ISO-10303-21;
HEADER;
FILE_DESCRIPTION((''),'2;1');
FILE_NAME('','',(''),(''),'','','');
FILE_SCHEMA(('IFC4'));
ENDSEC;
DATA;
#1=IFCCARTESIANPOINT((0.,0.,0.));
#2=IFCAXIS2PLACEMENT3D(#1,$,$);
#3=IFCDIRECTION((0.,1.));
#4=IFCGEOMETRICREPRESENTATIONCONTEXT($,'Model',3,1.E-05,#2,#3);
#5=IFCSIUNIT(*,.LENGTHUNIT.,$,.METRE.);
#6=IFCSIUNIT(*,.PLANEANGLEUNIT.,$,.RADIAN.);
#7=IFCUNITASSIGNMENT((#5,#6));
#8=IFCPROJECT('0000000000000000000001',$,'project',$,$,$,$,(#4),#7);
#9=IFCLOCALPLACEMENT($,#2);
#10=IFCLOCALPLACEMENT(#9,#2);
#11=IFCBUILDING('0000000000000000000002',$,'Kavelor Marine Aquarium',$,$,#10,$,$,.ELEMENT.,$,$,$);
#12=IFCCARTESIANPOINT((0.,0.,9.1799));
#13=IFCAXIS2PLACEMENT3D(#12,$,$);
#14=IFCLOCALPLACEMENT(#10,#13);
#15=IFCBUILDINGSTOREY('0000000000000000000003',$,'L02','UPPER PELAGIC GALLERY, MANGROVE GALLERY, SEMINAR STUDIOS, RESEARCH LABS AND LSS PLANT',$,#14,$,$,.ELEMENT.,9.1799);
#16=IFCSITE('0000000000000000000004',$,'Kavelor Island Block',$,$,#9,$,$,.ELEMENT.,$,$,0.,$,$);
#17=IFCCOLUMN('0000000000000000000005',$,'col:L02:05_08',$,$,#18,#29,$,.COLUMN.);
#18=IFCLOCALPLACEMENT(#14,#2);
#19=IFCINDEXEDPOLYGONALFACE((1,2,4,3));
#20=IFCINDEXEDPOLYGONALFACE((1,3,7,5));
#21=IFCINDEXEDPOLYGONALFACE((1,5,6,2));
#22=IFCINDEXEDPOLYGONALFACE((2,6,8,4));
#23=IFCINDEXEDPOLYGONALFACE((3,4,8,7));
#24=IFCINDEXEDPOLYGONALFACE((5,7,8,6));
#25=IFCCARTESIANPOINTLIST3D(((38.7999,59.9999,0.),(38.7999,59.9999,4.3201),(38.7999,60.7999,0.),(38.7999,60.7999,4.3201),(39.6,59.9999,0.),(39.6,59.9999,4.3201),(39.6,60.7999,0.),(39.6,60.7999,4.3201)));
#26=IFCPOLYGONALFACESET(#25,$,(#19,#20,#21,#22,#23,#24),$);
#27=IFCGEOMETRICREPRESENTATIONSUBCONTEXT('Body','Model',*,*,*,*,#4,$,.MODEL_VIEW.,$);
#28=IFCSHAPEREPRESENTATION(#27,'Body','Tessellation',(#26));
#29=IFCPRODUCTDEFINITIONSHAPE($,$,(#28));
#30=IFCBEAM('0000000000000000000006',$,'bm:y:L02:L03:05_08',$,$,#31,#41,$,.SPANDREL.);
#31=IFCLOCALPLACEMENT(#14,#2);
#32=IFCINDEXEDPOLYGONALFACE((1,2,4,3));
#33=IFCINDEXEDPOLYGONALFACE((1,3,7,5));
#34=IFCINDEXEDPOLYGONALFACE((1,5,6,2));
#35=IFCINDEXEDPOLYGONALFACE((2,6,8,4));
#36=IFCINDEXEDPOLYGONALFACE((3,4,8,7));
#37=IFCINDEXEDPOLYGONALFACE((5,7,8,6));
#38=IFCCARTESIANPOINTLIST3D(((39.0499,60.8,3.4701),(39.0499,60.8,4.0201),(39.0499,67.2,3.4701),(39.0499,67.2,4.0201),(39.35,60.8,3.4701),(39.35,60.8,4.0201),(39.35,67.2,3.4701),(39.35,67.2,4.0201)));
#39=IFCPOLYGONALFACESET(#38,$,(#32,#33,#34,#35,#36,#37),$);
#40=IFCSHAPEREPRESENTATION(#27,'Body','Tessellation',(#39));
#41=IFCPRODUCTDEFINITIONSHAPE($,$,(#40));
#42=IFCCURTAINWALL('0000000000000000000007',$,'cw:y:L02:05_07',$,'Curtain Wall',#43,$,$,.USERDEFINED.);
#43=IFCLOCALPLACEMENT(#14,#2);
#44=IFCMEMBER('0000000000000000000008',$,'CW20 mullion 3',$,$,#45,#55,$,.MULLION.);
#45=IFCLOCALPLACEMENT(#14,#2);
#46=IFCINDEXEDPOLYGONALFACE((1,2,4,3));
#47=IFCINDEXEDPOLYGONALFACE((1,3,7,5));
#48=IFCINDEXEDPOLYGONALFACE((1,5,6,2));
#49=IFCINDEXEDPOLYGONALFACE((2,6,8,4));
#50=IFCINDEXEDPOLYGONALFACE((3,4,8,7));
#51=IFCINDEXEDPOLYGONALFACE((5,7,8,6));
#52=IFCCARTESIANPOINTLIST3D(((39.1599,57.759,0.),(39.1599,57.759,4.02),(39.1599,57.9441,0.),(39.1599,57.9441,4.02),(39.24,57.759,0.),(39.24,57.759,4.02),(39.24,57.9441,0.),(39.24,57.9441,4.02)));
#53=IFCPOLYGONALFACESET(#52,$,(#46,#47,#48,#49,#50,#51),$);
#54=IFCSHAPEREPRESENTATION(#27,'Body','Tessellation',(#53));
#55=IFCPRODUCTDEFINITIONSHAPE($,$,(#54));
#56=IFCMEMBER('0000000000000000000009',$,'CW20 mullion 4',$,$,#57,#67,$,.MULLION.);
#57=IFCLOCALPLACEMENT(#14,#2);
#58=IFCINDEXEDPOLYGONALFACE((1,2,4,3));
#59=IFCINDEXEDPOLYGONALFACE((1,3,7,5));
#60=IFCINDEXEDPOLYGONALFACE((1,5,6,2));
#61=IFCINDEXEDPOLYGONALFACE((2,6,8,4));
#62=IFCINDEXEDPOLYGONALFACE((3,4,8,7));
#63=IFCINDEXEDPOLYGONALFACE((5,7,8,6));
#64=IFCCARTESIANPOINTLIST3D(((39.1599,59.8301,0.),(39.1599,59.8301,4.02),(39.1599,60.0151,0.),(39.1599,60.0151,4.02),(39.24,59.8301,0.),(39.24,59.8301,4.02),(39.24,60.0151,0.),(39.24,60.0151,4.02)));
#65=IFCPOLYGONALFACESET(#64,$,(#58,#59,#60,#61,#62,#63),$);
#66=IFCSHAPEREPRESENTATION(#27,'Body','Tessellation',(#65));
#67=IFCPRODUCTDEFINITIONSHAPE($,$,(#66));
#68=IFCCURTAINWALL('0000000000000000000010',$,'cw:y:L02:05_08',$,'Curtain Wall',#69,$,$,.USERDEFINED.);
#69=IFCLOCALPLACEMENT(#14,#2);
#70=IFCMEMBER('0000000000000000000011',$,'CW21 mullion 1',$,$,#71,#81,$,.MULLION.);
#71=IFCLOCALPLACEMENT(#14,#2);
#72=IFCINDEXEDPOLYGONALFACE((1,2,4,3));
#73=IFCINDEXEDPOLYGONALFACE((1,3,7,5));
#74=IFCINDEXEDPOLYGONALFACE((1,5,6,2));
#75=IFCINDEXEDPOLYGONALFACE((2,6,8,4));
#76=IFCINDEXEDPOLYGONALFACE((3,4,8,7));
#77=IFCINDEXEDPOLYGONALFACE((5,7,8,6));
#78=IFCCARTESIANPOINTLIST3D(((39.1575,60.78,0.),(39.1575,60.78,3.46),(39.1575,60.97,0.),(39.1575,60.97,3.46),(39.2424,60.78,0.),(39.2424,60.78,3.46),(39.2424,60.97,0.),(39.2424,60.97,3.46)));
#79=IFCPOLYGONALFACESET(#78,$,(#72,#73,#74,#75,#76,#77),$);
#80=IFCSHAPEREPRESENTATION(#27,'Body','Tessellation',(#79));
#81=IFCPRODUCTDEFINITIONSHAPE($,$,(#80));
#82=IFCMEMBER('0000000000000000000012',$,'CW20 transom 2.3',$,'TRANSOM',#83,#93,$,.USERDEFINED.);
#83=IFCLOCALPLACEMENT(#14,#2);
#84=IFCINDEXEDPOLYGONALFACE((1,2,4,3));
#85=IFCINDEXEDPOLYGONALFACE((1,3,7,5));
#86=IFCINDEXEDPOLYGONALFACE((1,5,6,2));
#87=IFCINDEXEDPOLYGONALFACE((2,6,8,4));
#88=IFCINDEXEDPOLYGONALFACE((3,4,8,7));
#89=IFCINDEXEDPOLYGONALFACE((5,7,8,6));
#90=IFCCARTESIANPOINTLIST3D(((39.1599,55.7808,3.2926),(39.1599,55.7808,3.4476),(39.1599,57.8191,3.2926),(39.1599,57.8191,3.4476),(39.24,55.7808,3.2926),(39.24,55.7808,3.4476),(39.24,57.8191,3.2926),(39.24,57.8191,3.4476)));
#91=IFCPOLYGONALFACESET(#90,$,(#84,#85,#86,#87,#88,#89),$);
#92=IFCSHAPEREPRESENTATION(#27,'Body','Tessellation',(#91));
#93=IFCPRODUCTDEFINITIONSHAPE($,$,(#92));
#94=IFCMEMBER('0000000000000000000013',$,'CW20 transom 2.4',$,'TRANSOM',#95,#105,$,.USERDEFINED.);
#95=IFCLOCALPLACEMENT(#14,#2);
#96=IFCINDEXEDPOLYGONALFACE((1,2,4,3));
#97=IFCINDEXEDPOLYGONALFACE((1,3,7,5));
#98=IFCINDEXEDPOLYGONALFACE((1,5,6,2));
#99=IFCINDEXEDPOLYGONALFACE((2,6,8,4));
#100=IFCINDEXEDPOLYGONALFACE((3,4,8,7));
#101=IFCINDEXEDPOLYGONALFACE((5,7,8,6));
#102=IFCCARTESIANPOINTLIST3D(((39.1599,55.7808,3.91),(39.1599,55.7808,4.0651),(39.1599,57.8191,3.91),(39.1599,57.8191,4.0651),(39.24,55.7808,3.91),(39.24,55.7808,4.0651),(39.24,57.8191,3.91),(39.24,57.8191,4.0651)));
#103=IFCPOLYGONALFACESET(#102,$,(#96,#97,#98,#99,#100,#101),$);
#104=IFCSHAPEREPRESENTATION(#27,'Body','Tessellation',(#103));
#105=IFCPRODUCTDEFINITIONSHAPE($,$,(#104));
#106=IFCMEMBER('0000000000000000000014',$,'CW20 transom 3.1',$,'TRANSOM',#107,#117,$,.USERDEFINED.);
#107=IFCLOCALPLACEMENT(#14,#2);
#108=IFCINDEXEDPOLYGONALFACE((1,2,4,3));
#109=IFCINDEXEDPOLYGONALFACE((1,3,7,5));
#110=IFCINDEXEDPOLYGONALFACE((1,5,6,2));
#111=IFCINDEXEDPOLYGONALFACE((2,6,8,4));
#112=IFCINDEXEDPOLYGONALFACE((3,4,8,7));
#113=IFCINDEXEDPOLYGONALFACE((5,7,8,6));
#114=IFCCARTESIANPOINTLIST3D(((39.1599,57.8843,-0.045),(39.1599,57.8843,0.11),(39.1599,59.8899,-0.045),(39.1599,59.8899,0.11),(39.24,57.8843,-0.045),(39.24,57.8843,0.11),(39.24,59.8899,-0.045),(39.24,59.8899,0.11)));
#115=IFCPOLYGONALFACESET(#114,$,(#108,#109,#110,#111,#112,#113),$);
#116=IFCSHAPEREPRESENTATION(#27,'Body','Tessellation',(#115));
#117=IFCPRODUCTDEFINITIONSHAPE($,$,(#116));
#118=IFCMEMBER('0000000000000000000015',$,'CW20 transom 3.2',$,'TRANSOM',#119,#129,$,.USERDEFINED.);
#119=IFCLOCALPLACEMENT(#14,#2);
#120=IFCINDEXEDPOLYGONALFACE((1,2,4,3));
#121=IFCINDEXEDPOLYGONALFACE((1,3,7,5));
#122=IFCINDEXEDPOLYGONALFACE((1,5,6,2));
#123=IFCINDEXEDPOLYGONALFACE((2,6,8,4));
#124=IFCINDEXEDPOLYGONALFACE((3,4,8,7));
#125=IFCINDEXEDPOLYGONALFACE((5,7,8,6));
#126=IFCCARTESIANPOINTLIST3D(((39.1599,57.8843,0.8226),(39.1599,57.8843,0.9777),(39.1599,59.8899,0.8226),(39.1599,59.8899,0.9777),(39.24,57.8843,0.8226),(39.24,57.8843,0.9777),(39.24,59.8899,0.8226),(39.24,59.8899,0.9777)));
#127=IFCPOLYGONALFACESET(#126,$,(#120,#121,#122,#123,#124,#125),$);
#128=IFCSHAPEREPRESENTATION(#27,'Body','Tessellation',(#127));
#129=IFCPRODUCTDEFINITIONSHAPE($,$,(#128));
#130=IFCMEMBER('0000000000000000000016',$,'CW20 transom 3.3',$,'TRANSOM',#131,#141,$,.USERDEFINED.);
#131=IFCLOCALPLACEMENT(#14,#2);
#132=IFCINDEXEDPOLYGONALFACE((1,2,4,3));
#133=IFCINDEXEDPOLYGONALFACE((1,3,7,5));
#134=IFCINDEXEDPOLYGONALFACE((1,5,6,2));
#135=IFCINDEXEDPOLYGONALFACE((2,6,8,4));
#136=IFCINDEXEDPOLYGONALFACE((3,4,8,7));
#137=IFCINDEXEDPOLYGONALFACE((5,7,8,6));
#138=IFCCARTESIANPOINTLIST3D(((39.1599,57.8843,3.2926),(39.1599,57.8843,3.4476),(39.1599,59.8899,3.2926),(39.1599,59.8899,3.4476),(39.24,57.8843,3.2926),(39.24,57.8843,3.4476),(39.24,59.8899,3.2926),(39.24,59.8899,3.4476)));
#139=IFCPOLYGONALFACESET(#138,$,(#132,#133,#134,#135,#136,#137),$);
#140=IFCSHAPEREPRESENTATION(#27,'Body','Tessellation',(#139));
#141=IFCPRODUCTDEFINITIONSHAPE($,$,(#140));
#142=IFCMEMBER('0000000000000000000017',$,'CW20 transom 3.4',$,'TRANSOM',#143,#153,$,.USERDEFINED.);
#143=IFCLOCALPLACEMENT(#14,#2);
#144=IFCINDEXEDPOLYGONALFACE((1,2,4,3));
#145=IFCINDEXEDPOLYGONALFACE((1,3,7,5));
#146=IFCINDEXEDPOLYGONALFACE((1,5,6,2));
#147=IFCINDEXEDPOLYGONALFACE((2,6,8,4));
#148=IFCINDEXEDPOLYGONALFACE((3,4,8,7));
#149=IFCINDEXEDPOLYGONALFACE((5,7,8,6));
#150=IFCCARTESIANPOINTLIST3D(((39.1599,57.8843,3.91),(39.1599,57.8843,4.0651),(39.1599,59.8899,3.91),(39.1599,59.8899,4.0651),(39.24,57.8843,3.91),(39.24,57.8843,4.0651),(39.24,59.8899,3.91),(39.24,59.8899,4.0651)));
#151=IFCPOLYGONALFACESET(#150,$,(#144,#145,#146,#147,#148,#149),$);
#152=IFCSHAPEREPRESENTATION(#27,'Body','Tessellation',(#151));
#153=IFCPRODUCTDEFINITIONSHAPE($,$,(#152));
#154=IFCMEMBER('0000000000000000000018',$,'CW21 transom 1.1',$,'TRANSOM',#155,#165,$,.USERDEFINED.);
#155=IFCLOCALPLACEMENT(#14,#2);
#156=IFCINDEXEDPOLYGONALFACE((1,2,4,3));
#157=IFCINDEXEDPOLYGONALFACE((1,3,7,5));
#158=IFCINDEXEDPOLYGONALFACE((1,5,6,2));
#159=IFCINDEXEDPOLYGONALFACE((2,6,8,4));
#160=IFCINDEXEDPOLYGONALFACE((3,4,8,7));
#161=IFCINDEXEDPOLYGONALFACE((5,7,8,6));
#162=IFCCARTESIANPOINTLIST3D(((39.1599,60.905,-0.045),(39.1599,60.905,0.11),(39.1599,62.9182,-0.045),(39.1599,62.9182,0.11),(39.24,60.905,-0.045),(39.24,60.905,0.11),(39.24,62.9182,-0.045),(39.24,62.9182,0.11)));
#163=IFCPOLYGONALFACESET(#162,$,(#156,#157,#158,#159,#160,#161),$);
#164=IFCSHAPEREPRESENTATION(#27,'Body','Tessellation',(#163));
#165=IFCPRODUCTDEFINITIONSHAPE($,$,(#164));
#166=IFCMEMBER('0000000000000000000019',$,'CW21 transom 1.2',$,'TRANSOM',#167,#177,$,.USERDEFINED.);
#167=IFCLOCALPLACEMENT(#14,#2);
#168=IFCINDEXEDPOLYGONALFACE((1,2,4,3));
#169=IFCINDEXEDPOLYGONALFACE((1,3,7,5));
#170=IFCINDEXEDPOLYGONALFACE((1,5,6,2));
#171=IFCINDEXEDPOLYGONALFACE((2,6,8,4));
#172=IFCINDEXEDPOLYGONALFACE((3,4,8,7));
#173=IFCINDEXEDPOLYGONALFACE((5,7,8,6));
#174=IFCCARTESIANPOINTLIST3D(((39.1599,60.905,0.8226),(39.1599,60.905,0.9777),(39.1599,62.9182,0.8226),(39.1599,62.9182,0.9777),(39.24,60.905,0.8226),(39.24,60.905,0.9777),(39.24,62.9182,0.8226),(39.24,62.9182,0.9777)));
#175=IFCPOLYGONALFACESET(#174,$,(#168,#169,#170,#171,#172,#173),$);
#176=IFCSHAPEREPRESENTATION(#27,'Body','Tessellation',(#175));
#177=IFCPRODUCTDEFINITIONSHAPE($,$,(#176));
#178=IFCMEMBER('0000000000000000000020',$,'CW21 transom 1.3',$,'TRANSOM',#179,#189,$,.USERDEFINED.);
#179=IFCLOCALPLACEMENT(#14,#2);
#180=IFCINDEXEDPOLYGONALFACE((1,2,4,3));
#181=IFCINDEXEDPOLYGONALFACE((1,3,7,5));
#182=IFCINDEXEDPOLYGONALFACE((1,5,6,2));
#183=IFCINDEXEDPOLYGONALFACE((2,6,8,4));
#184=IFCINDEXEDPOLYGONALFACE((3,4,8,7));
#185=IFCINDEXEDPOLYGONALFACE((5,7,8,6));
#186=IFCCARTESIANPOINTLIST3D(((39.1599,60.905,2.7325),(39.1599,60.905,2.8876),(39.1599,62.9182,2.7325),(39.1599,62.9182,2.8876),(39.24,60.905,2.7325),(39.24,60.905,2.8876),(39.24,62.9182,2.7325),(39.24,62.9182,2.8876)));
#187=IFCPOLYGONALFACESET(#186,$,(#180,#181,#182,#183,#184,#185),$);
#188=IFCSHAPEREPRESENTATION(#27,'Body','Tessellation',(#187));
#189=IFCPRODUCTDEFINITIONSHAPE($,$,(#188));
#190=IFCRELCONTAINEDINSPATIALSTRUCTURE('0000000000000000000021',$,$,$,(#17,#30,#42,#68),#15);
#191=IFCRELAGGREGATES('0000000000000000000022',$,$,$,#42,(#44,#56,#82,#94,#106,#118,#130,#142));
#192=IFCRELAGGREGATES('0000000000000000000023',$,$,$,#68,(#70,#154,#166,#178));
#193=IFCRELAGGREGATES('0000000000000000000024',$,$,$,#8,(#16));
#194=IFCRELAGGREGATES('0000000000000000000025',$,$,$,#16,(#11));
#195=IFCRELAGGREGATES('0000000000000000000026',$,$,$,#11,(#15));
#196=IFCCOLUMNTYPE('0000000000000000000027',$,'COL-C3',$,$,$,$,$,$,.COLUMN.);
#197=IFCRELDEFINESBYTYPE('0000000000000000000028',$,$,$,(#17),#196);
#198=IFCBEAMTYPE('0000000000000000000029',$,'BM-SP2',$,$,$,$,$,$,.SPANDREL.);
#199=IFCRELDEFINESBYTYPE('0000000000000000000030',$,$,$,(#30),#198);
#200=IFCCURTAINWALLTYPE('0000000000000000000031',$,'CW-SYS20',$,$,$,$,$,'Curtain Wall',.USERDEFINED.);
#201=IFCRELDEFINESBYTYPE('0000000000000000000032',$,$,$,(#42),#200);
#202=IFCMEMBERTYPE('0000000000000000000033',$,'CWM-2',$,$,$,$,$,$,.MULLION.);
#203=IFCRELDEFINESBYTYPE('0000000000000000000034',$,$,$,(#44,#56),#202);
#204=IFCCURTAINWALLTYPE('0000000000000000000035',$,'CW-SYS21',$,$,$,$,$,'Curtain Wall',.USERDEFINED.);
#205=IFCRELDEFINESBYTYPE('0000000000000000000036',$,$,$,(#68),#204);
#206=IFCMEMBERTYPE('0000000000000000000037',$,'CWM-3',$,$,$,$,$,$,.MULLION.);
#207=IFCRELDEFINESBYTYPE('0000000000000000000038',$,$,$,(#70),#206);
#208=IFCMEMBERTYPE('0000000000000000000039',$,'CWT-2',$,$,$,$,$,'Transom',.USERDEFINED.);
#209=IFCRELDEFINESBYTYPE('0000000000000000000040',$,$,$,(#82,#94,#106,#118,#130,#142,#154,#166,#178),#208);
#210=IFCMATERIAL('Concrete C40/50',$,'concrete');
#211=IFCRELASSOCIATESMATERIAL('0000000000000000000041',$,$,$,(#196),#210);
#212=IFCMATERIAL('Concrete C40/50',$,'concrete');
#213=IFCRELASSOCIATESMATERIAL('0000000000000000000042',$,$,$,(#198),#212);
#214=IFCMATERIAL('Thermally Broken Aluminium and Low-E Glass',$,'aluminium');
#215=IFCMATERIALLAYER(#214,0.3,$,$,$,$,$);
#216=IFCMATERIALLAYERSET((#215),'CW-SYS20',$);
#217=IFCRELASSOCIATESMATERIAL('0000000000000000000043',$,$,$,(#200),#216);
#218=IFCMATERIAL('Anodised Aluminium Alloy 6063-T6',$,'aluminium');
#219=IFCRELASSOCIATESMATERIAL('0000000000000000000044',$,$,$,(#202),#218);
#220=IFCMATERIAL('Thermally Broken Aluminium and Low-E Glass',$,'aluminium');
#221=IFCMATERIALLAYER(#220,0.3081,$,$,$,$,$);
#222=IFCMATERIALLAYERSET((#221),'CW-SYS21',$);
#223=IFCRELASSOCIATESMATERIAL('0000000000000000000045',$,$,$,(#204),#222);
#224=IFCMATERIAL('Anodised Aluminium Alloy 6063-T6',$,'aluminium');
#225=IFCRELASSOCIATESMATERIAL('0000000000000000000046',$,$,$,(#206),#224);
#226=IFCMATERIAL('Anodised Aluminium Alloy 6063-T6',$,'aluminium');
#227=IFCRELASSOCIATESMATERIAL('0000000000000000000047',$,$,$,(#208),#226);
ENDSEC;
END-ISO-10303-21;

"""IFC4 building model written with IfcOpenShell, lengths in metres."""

from ifc_helpers import new_model, si_unit, direction, frame, origin, origin_2d, place, context, subcontext, project, spatial, rectangle, extrude, material, layer, layer_set, material_profile, profile_set, type_object, element, aggregate, save


model = new_model("IFC4")

# Units and contexts
model_context = context("Model", 3, precision=1e-05, world=origin(), true_north=direction((0.0, 1.0)))
body_context = subcontext(model_context, "Body", "Model", "MODEL_VIEW")
ifc_project = project(units=[si_unit("LENGTHUNIT", "METRE"), si_unit("PLANEANGLEUNIT", "RADIAN")], contexts=[model_context])

# Site, building, storey
site_placement = place(None, origin())
site = spatial("IfcSite", under=ifc_project, at=site_placement, Name="Kavelor Island Block", CompositionType="ELEMENT", RefElevation=0.0)
building_placement = place(site_placement, origin())
building = spatial("IfcBuilding", under=site, at=building_placement, Name="Kavelor Marine Aquarium", CompositionType="ELEMENT")
storey_placement = place(building_placement, frame((0.0, 0.0, 9.1799)))
storey = spatial("IfcBuildingStorey", under=building, at=storey_placement, Name="L02", Description="UPPER PELAGIC GALLERY, MANGROVE GALLERY, SEMINAR STUDIOS, RESEARCH LABS AND LSS PLANT", CompositionType="ELEMENT", Elevation=9.1799)

# Column
ifc_material_1 = material(Name="Concrete C40/50", Category="concrete")
ifc_material_profile_1 = material_profile(ifc_material_1, rectangle(XDim=0.8, YDim=0.8, at=origin_2d()), Name="RC-COL 800x800")
ifc_profile_set_1 = profile_set([ifc_material_profile_1], Name="Concrete C40/50")
column_type = type_object("IfcColumnType", Name="COL-C3", PredefinedType="COLUMN", material=ifc_profile_set_1)
column_placement = place(storey_placement, frame((39.2, 60.3999, 0.0), z_axis=(0.0, 0.0, 1.0), x_axis=(1.0, 0.0, 0.0)))
element("IfcColumn", 1, at=column_placement, inside=storey, type_object=column_type, Name="col:L02:05_08", PredefinedType="COLUMN", context=body_context, shape_type="SweptSolid", body=[
    extrude(rectangle(XDim=0.8, YDim=0.8, at=origin_2d()), origin(), (0.0, 0.0, 1.0), 4.3201),
])

# Beam
ifc_material_2 = material(Name="Concrete C40/50", Category="concrete")
ifc_material_profile_2 = material_profile(ifc_material_2, rectangle(XDim=0.3, YDim=0.55, at=origin_2d()), Name="RC-SP 300x550")
ifc_profile_set_2 = profile_set([ifc_material_profile_2], Name="Concrete C40/50")
beam_type = type_object("IfcBeamType", Name="BM-SP2", PredefinedType="SPANDREL", material=ifc_profile_set_2)
beam_placement = place(storey_placement, frame((39.2, 60.8, 3.7451), z_axis=(0.0, 1.0, 0.0), x_axis=(-1.0, 0.0, 0.0)))
element("IfcBeam", 2, at=beam_placement, inside=storey, type_object=beam_type, Name="bm:y:L02:L03:05_08", PredefinedType="SPANDREL", context=body_context, shape_type="SweptSolid", body=[
    extrude(rectangle(XDim=0.3, YDim=0.55, at=origin_2d()), origin(), (0.0, 0.0, 1.0), 6.3999),
])

# Curtain wall, members
ifc_material_3 = material(Name="Thermally Broken Aluminium and Low-E Glass", Category="aluminium")
ifc_layer_1 = layer(ifc_material_3, 0.3)
ifc_layer_set_1 = layer_set([ifc_layer_1], Name="CW-SYS20")
curtain_wall_type_1 = type_object("IfcCurtainWallType", Name="CW-SYS20", ElementType="Curtain Wall", PredefinedType="USERDEFINED", material=ifc_layer_set_1)
curtain_wall_1_placement = place(storey_placement, origin())
curtain_wall_1 = element("IfcCurtainWall", 3, at=curtain_wall_1_placement, inside=storey, type_object=curtain_wall_type_1, Name="cw:y:L02:05_07", ObjectType="Curtain Wall", PredefinedType="USERDEFINED")
ifc_material_4 = material(Name="Anodised Aluminium Alloy 6063-T6", Category="aluminium")
ifc_material_profile_3 = material_profile(ifc_material_4, rectangle(XDim=0.0801, YDim=0.1851, at=origin_2d()), Name="CW-MUL 80x185")
ifc_profile_set_3 = profile_set([ifc_material_profile_3], Name="Anodised Aluminium Alloy 6063-T6")
member_type_1 = type_object("IfcMemberType", Name="CWM-2", PredefinedType="MULLION", material=ifc_profile_set_3)
member_1_placement = place(storey_placement, frame((39.2, 57.8516, 0.0), z_axis=(0.0, 0.0, 1.0), x_axis=(-1.0, 0.0, 0.0)))
member_1 = element("IfcMember", 4, at=member_1_placement, type_object=member_type_1, Name="CW20 mullion 3", PredefinedType="MULLION", context=body_context, shape_type="SweptSolid", body=[
    extrude(rectangle(XDim=0.0801, YDim=0.1851, at=origin_2d()), origin(), (0.0, 0.0, 1.0), 4.02),
])
member_2_placement = place(storey_placement, frame((39.2, 59.9226, 0.0), z_axis=(0.0, 0.0, 1.0), x_axis=(-1.0, 0.0, 0.0)))
member_2 = element("IfcMember", 5, at=member_2_placement, type_object=member_type_1, Name="CW20 mullion 4", PredefinedType="MULLION", context=body_context, shape_type="SweptSolid", body=[
    extrude(rectangle(XDim=0.0801, YDim=0.1851, at=origin_2d()), origin(), (0.0, 0.0, 1.0), 4.02),
])

# Curtain wall, member
ifc_material_5 = material(Name="Thermally Broken Aluminium and Low-E Glass", Category="aluminium")
ifc_layer_2 = layer(ifc_material_5, 0.3081)
ifc_layer_set_2 = layer_set([ifc_layer_2], Name="CW-SYS21")
curtain_wall_type_2 = type_object("IfcCurtainWallType", Name="CW-SYS21", ElementType="Curtain Wall", PredefinedType="USERDEFINED", material=ifc_layer_set_2)
curtain_wall_2_placement = place(storey_placement, origin())
curtain_wall_2 = element("IfcCurtainWall", 6, at=curtain_wall_2_placement, inside=storey, type_object=curtain_wall_type_2, Name="cw:y:L02:05_08", ObjectType="Curtain Wall", PredefinedType="USERDEFINED")
ifc_material_6 = material(Name="Anodised Aluminium Alloy 6063-T6", Category="aluminium")
ifc_material_profile_4 = material_profile(ifc_material_6, rectangle(XDim=0.085, YDim=0.1899, at=origin_2d()), Name="CW-MUL 85x190")
ifc_profile_set_4 = profile_set([ifc_material_profile_4], Name="Anodised Aluminium Alloy 6063-T6")
member_type_2 = type_object("IfcMemberType", Name="CWM-3", PredefinedType="MULLION", material=ifc_profile_set_4)
member_3_placement = place(storey_placement, frame((39.2, 60.875, 0.0), z_axis=(0.0, 0.0, 1.0), x_axis=(-1.0, 0.0, 0.0)))
member_3 = element("IfcMember", 7, at=member_3_placement, type_object=member_type_2, Name="CW21 mullion 1", PredefinedType="MULLION", context=body_context, shape_type="SweptSolid", body=[
    extrude(rectangle(XDim=0.085, YDim=0.1899, at=origin_2d()), origin(), (0.0, 0.0, 1.0), 3.46),
])

# Members
ifc_material_7 = material(Name="Anodised Aluminium Alloy 6063-T6", Category="aluminium")
ifc_material_profile_5 = material_profile(ifc_material_7, rectangle(XDim=0.0801, YDim=0.155, at=origin_2d()), Name="CW-TRN 80x155")
ifc_profile_set_5 = profile_set([ifc_material_profile_5], Name="Anodised Aluminium Alloy 6063-T6")
member_type_3 = type_object("IfcMemberType", Name="CWT-2", ElementType="Transom", PredefinedType="USERDEFINED", material=ifc_profile_set_5)
member_4_placement = place(storey_placement, frame((39.2, 55.7808, 3.3701), z_axis=(0.0, 1.0, 0.0), x_axis=(-1.0, 0.0, 0.0)))
member_4 = element("IfcMember", 8, at=member_4_placement, type_object=member_type_3, Name="CW20 transom 2.3", ObjectType="TRANSOM", PredefinedType="USERDEFINED", context=body_context, shape_type="SweptSolid", body=[
    extrude(rectangle(XDim=0.0801, YDim=0.155, at=origin_2d()), origin(), (0.0, 0.0, 1.0), 2.0383),
])
member_5_placement = place(storey_placement, frame((39.2, 55.7808, 3.9875), z_axis=(0.0, 1.0, 0.0), x_axis=(-1.0, 0.0, 0.0)))
member_5 = element("IfcMember", 9, at=member_5_placement, type_object=member_type_3, Name="CW20 transom 2.4", ObjectType="TRANSOM", PredefinedType="USERDEFINED", context=body_context, shape_type="SweptSolid", body=[
    extrude(rectangle(XDim=0.0801, YDim=0.155, at=origin_2d()), origin(), (0.0, 0.0, 1.0), 2.0383),
])
member_6_placement = place(storey_placement, frame((39.2, 57.8843, 0.0325), z_axis=(0.0, 1.0, 0.0), x_axis=(-1.0, 0.0, 0.0)))
member_6 = element("IfcMember", 10, at=member_6_placement, type_object=member_type_3, Name="CW20 transom 3.1", ObjectType="TRANSOM", PredefinedType="USERDEFINED", context=body_context, shape_type="SweptSolid", body=[
    extrude(rectangle(XDim=0.0801, YDim=0.155, at=origin_2d()), origin(), (0.0, 0.0, 1.0), 2.0056),
])
member_7_placement = place(storey_placement, frame((39.2, 57.8843, 0.9001), z_axis=(0.0, 1.0, 0.0), x_axis=(-1.0, 0.0, 0.0)))
member_7 = element("IfcMember", 11, at=member_7_placement, type_object=member_type_3, Name="CW20 transom 3.2", ObjectType="TRANSOM", PredefinedType="USERDEFINED", context=body_context, shape_type="SweptSolid", body=[
    extrude(rectangle(XDim=0.0801, YDim=0.155, at=origin_2d()), origin(), (0.0, 0.0, 1.0), 2.0056),
])
member_8_placement = place(storey_placement, frame((39.2, 57.8843, 3.3701), z_axis=(0.0, 1.0, 0.0), x_axis=(-1.0, 0.0, 0.0)))
member_8 = element("IfcMember", 12, at=member_8_placement, type_object=member_type_3, Name="CW20 transom 3.3", ObjectType="TRANSOM", PredefinedType="USERDEFINED", context=body_context, shape_type="SweptSolid", body=[
    extrude(rectangle(XDim=0.0801, YDim=0.155, at=origin_2d()), origin(), (0.0, 0.0, 1.0), 2.0056),
])
member_9_placement = place(storey_placement, frame((39.2, 57.8843, 3.9875), z_axis=(0.0, 1.0, 0.0), x_axis=(-1.0, 0.0, 0.0)))
member_9 = element("IfcMember", 13, at=member_9_placement, type_object=member_type_3, Name="CW20 transom 3.4", ObjectType="TRANSOM", PredefinedType="USERDEFINED", context=body_context, shape_type="SweptSolid", body=[
    extrude(rectangle(XDim=0.0801, YDim=0.155, at=origin_2d()), origin(), (0.0, 0.0, 1.0), 2.0056),
])
member_10_placement = place(storey_placement, frame((39.2, 60.905, 0.0325), z_axis=(0.0, 1.0, 0.0), x_axis=(-1.0, 0.0, 0.0)))
member_10 = element("IfcMember", 14, at=member_10_placement, type_object=member_type_3, Name="CW21 transom 1.1", ObjectType="TRANSOM", PredefinedType="USERDEFINED", context=body_context, shape_type="SweptSolid", body=[
    extrude(rectangle(XDim=0.0801, YDim=0.155, at=origin_2d()), origin(), (0.0, 0.0, 1.0), 2.0132),
])
member_11_placement = place(storey_placement, frame((39.2, 60.905, 0.9001), z_axis=(0.0, 1.0, 0.0), x_axis=(-1.0, 0.0, 0.0)))
member_11 = element("IfcMember", 15, at=member_11_placement, type_object=member_type_3, Name="CW21 transom 1.2", ObjectType="TRANSOM", PredefinedType="USERDEFINED", context=body_context, shape_type="SweptSolid", body=[
    extrude(rectangle(XDim=0.0801, YDim=0.155, at=origin_2d()), origin(), (0.0, 0.0, 1.0), 2.0132),
])
member_12_placement = place(storey_placement, frame((39.2, 60.905, 2.8101), z_axis=(0.0, 1.0, 0.0), x_axis=(-1.0, 0.0, 0.0)))
member_12 = element("IfcMember", 16, at=member_12_placement, type_object=member_type_3, Name="CW21 transom 1.3", ObjectType="TRANSOM", PredefinedType="USERDEFINED", context=body_context, shape_type="SweptSolid", body=[
    extrude(rectangle(XDim=0.0801, YDim=0.155, at=origin_2d()), origin(), (0.0, 0.0, 1.0), 2.0132),
])

aggregate(curtain_wall_1, [member_1, member_2, member_4, member_5, member_6, member_7, member_8, member_9])
aggregate(curtain_wall_2, [member_3, member_10, member_11, member_12])

save(model, "model.ifc")
